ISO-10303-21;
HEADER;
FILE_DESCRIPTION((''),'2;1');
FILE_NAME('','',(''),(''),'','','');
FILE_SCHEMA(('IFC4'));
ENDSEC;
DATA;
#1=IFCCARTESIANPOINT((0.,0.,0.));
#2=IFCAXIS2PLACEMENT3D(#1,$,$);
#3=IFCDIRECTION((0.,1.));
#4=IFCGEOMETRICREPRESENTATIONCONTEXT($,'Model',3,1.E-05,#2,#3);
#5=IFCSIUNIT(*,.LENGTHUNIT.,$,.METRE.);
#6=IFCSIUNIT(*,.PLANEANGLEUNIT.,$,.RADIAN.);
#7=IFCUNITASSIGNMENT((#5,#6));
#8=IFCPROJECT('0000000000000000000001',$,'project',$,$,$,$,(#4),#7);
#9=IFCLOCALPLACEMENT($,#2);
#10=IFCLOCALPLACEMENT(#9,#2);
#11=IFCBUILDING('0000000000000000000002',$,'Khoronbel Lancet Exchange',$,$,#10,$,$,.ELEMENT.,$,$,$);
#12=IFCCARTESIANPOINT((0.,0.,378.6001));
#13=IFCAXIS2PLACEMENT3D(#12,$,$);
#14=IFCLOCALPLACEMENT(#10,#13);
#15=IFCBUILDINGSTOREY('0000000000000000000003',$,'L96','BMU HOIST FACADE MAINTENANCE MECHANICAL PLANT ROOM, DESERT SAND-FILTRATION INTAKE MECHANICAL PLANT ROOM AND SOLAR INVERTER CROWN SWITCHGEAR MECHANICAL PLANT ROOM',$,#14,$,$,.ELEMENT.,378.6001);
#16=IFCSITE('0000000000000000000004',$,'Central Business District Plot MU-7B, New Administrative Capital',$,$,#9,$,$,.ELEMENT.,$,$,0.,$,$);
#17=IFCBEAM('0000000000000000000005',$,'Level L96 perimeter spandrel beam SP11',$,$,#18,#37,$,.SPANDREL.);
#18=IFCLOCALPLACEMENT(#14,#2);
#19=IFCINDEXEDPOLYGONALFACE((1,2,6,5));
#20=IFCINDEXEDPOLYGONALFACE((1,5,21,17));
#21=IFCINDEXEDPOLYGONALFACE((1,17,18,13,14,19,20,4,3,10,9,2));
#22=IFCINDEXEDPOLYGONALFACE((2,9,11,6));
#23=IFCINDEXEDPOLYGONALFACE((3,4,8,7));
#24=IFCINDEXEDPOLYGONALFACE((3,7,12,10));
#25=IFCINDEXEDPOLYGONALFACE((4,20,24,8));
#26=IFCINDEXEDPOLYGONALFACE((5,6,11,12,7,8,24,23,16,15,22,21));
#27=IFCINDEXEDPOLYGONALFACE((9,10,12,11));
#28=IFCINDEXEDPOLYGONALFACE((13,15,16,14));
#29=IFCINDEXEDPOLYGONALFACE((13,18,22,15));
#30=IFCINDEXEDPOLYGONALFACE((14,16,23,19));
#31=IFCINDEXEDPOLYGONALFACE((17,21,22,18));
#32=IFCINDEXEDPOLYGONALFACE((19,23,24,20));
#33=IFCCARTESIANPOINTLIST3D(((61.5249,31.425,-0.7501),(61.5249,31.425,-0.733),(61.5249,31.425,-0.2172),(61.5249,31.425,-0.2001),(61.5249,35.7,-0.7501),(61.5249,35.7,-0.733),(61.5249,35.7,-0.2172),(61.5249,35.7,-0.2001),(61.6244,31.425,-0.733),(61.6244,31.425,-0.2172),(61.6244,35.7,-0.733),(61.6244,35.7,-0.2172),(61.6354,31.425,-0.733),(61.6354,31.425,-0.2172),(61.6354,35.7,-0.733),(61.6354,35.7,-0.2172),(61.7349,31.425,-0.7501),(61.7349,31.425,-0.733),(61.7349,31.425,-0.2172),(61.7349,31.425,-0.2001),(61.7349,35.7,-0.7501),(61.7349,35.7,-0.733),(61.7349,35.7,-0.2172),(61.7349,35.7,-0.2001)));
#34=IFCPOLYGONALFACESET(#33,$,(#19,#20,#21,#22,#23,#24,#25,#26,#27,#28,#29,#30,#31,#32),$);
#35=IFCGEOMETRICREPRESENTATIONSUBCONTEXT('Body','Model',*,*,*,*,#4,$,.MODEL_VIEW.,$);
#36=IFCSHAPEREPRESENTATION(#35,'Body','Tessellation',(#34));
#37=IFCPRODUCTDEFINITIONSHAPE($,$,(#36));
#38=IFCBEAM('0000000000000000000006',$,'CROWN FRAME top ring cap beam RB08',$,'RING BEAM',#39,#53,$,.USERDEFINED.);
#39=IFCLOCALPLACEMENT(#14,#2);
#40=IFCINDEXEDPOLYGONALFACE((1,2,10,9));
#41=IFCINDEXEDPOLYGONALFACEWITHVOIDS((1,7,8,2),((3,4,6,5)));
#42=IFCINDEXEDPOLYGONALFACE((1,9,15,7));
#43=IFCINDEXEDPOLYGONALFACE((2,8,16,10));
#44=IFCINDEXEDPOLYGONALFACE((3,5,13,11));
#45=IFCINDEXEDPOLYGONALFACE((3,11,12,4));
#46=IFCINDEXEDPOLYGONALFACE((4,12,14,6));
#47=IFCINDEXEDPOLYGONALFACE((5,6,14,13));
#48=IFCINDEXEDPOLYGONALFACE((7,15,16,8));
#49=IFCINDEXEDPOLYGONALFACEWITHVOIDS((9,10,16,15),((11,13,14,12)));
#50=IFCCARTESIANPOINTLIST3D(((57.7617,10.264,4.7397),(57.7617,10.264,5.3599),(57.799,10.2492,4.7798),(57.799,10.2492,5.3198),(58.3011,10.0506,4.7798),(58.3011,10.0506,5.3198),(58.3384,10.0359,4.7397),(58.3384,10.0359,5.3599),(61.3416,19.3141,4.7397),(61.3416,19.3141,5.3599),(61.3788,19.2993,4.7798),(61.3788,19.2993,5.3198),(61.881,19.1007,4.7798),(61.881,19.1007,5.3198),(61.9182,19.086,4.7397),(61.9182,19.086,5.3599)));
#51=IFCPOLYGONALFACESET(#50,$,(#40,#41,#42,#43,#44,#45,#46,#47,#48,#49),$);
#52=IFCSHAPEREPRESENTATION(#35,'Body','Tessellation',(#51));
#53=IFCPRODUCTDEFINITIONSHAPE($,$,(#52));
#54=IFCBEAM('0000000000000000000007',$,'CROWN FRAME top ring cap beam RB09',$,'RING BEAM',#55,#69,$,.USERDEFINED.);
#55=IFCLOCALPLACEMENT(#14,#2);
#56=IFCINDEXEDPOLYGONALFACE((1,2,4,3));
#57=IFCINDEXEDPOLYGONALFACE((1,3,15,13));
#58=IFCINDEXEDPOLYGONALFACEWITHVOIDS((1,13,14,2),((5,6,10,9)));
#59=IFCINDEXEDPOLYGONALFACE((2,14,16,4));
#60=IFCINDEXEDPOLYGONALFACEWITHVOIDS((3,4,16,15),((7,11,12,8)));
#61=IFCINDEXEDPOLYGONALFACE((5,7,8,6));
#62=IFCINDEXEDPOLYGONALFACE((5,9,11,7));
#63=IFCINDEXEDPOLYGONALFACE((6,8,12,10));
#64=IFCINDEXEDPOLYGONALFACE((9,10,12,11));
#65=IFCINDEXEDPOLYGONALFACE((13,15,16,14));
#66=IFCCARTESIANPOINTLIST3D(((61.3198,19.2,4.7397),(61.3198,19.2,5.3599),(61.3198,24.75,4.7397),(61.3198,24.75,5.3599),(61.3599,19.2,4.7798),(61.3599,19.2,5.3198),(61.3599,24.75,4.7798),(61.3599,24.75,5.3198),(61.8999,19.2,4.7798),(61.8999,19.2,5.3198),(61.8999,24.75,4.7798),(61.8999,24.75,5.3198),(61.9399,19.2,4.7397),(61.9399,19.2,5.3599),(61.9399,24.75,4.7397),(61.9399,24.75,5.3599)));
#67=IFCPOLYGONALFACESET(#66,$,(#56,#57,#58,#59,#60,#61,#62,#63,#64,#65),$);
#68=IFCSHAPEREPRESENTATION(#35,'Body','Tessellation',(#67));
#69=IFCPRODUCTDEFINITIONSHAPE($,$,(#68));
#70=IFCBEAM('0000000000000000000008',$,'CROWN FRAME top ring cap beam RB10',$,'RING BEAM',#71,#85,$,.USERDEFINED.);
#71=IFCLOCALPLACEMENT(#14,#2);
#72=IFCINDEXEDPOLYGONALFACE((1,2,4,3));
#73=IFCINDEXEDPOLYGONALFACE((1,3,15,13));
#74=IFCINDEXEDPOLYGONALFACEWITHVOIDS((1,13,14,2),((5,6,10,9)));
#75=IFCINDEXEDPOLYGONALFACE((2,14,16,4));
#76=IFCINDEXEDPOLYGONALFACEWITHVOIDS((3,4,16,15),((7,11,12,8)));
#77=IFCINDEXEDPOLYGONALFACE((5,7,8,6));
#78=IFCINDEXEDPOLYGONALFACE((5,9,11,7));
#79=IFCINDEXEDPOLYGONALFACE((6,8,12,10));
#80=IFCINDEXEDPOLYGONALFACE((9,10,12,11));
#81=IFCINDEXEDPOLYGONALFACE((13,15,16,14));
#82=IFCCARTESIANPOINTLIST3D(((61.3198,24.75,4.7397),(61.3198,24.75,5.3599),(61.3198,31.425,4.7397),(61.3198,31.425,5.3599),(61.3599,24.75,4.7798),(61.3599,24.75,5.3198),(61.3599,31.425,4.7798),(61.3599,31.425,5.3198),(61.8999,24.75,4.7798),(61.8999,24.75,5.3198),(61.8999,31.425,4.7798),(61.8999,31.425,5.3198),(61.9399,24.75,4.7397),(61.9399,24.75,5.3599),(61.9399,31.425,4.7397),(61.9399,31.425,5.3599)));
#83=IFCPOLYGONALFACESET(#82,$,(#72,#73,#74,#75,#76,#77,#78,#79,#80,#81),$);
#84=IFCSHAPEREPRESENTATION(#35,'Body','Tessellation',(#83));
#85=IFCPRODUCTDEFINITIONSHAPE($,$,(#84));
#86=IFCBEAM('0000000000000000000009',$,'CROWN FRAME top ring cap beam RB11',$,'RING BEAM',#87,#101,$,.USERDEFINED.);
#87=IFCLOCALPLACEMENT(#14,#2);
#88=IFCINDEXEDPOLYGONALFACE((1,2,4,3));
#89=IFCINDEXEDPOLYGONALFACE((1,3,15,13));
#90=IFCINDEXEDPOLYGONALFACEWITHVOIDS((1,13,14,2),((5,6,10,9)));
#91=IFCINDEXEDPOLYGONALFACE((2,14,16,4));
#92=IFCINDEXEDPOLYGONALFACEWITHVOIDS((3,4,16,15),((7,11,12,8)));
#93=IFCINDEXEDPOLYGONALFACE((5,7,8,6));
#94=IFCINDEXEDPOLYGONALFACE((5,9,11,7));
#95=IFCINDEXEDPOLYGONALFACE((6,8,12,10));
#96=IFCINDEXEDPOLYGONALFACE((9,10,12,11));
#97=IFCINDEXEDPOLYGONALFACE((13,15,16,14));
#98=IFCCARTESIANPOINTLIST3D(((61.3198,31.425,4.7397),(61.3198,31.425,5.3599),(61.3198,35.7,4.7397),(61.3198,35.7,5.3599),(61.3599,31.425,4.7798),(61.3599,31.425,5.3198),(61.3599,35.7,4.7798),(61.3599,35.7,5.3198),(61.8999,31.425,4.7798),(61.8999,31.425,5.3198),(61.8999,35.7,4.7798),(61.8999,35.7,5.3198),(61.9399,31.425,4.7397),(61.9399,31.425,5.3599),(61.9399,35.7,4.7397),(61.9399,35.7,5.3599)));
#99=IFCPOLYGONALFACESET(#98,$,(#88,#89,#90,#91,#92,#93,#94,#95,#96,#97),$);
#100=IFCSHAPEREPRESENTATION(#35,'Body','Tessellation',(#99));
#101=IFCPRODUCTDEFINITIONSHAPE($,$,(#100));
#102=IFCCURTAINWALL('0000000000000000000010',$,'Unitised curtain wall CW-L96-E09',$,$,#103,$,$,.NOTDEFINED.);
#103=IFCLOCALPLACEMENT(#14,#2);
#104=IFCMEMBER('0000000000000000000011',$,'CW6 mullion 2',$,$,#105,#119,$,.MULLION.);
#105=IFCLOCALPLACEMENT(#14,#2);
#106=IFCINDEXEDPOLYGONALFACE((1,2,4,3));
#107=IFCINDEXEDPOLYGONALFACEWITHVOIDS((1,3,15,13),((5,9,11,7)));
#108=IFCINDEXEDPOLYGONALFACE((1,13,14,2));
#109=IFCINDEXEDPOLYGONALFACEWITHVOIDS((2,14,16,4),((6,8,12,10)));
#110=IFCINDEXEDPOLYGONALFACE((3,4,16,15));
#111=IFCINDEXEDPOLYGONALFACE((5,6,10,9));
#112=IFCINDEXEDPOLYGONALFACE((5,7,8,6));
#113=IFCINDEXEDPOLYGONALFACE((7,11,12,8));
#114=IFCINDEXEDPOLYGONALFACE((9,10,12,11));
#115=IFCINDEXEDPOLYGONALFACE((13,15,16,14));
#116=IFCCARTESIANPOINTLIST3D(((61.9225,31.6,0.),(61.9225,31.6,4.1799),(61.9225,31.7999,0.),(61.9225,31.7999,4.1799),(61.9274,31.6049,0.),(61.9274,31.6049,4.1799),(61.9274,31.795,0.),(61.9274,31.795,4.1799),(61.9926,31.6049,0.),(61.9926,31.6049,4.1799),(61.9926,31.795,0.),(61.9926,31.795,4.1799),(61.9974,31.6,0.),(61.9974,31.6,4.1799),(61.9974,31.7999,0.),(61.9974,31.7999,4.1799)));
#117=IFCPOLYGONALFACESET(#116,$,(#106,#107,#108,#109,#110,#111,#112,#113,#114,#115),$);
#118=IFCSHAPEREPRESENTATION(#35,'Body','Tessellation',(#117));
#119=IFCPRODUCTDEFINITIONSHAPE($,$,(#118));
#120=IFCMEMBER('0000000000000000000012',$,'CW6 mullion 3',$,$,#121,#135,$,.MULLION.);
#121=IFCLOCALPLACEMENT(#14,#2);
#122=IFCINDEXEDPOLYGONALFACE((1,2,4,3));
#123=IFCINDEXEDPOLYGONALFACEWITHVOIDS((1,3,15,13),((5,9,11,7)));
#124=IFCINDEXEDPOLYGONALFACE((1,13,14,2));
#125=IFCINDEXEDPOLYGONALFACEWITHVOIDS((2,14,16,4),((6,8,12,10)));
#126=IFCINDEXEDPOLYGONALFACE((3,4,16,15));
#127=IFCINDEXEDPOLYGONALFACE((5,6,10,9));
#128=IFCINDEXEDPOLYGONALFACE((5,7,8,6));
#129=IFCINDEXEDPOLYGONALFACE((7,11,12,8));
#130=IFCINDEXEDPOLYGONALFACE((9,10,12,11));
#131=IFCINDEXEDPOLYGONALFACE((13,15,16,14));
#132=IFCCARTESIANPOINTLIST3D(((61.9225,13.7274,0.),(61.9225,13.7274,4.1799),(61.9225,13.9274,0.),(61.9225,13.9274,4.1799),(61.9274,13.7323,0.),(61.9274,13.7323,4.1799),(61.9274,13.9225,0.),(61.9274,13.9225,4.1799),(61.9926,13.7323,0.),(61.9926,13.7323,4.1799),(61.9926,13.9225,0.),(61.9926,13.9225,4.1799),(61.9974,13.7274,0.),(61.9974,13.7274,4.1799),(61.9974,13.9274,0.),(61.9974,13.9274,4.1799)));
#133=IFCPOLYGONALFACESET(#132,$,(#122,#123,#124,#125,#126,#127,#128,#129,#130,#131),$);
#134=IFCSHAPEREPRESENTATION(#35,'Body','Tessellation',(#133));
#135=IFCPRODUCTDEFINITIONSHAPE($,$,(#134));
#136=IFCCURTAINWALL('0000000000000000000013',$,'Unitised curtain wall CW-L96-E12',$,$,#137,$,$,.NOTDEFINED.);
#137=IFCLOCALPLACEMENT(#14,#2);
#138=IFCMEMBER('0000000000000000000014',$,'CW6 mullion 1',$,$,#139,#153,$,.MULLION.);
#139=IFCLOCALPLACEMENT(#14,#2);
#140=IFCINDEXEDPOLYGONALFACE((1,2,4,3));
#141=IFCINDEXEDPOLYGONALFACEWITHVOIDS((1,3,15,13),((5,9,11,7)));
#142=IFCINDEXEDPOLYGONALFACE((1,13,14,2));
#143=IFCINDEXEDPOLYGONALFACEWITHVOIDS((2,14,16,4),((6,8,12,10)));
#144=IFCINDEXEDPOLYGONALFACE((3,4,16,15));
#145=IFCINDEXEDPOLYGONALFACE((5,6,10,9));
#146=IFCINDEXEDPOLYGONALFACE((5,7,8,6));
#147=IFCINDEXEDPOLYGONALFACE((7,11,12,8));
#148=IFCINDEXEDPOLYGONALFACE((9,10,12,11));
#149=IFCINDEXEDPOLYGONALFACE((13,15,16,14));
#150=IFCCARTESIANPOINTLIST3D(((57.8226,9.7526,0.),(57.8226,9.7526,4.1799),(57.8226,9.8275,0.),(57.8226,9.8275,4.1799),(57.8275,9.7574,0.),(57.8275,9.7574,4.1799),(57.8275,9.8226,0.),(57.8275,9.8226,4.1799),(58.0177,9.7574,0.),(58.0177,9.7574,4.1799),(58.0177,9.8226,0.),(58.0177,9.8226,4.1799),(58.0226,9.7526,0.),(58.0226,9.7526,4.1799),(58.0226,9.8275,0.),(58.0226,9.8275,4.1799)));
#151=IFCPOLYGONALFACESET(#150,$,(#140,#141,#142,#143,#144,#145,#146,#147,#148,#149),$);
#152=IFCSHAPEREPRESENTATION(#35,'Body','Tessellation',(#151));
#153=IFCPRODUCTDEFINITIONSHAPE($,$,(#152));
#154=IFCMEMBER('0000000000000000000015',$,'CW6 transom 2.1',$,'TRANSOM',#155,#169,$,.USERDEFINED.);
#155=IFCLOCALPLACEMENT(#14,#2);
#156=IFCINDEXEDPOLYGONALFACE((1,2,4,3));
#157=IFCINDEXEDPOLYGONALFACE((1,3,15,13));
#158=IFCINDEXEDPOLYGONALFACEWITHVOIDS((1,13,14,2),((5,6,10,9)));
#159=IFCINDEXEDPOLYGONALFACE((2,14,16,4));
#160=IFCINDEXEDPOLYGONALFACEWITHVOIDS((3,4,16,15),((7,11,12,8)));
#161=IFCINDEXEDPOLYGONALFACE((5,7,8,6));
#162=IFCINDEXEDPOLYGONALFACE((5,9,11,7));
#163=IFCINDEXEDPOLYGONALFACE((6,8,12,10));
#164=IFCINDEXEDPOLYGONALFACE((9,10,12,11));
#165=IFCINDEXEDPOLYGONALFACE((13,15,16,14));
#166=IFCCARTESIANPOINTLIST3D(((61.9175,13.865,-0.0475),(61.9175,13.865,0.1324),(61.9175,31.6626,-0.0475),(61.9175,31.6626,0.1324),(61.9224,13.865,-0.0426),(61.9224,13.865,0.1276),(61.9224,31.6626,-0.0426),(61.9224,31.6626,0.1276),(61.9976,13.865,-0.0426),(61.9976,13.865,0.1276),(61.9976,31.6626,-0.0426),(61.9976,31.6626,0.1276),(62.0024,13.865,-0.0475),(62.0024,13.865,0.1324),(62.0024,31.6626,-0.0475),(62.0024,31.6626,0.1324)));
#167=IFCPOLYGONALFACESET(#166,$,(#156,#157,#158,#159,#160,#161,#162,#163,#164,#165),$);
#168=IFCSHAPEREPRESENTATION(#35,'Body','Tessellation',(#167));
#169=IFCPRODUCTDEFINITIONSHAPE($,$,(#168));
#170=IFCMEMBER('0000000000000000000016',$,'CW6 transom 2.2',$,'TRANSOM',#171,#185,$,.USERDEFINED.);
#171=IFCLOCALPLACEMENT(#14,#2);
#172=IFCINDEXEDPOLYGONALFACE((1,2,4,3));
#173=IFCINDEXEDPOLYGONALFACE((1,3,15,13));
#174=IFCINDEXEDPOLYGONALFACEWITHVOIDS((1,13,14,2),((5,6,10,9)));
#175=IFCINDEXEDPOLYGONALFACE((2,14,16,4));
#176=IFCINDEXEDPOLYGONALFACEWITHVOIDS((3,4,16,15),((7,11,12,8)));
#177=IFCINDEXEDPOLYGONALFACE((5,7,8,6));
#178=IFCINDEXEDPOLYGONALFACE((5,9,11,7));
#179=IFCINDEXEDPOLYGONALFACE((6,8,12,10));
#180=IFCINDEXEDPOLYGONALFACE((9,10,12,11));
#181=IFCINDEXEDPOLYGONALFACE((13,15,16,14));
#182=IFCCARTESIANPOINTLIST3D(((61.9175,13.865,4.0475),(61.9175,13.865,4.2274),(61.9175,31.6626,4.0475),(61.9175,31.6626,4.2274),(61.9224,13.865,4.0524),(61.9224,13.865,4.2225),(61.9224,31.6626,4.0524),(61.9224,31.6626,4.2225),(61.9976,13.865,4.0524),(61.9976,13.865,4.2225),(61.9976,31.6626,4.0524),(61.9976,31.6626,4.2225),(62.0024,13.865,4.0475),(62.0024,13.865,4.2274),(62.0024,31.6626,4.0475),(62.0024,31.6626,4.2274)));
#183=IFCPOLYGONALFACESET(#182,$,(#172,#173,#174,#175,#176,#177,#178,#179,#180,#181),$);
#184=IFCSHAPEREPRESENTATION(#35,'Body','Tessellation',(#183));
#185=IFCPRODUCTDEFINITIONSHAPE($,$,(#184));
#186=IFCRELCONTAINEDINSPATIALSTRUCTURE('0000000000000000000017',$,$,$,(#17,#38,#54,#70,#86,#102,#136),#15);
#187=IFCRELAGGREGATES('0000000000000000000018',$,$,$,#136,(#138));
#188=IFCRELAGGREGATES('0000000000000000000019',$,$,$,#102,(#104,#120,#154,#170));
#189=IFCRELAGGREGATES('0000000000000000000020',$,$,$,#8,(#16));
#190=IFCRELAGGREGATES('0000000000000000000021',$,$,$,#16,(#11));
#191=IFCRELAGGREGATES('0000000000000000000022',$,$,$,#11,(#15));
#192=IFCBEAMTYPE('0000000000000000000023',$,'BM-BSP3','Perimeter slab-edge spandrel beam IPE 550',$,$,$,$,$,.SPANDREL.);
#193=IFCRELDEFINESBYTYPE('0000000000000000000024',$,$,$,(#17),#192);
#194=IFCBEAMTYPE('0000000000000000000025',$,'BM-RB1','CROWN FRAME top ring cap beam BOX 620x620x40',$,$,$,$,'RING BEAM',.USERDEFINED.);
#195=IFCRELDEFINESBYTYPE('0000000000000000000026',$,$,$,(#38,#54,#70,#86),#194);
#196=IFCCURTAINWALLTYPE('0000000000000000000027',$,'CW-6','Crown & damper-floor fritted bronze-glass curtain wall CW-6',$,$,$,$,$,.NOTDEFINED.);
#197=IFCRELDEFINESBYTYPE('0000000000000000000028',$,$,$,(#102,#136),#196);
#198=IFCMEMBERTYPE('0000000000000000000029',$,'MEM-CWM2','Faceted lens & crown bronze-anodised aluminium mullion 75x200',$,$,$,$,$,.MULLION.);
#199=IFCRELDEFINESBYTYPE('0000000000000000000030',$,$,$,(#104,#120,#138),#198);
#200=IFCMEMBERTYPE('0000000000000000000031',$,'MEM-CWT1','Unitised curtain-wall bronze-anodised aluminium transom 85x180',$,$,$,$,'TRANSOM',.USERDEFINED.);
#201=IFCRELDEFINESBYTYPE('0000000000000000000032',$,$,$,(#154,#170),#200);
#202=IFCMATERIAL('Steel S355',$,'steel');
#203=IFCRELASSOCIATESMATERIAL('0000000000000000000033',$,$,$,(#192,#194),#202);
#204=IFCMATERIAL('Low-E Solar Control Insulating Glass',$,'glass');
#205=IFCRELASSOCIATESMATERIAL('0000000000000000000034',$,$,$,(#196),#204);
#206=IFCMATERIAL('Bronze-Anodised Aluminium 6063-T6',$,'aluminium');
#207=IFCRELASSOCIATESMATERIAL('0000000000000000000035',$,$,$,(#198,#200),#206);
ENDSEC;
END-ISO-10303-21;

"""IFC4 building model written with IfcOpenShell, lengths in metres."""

from ifc_helpers import new_model, si_unit, direction, frame, origin, origin_2d, place, context, subcontext, project, spatial, hollow_rectangle, i_section, extrude, material, material_profile, profile_set, type_object, element, aggregate, save


model = new_model("IFC4")

# Units and contexts
model_context = context("Model", 3, precision=1e-05, world=origin(), true_north=direction((0.0, 1.0)))
body_context = subcontext(model_context, "Body", "Model", "MODEL_VIEW")
ifc_project = project(units=[si_unit("LENGTHUNIT", "METRE"), si_unit("PLANEANGLEUNIT", "RADIAN")], contexts=[model_context])

# Site, building, storey
site_placement = place(None, origin())
site = spatial("IfcSite", under=ifc_project, at=site_placement, Name="Central Business District Plot MU-7B, New Administrative Capital", CompositionType="ELEMENT", RefElevation=0.0)
building_placement = place(site_placement, origin())
building = spatial("IfcBuilding", under=site, at=building_placement, Name="Khoronbel Lancet Exchange", CompositionType="ELEMENT")
storey_placement = place(building_placement, frame((0.0, 0.0, 378.6001)))
storey = spatial("IfcBuildingStorey", under=building, at=storey_placement, Name="L96", Description="BMU HOIST FACADE MAINTENANCE MECHANICAL PLANT ROOM, DESERT SAND-FILTRATION INTAKE MECHANICAL PLANT ROOM AND SOLAR INVERTER CROWN SWITCHGEAR MECHANICAL PLANT ROOM", CompositionType="ELEMENT", Elevation=378.6001)

# Shared definitions
ifc_material_1 = material(Name="Steel S355", Category="steel")

# Beams
ifc_material_profile_1 = material_profile(ifc_material_1, i_section(OverallWidth=0.21, OverallDepth=0.55, WebThickness=0.011, FlangeThickness=0.0171, at=origin_2d()), Name="IPE 550")
ifc_profile_set_1 = profile_set([ifc_material_profile_1], Name="Steel S355")
beam_type_1 = type_object("IfcBeamType", Name="BM-BSP3", Description="Perimeter slab-edge spandrel beam IPE 550", PredefinedType="SPANDREL", material=ifc_profile_set_1)
beam_1_placement = place(storey_placement, frame((61.6299, 31.425, -0.4751), z_axis=(0.0, 1.0, 0.0), x_axis=(-1.0, 0.0, 0.0)))
element("IfcBeam", 1, at=beam_1_placement, inside=storey, type_object=beam_type_1, Name="Level L96 perimeter spandrel beam SP11", PredefinedType="SPANDREL", context=body_context, shape_type="SweptSolid", body=[
    extrude(i_section(OverallWidth=0.21, OverallDepth=0.55, WebThickness=0.011, FlangeThickness=0.0171, at=origin_2d()), origin(), (0.0, 0.0, 1.0), 4.2749),
])
ifc_material_profile_2 = material_profile(ifc_material_1, hollow_rectangle(XDim=0.6201, YDim=0.6201, WallThickness=0.04, at=origin_2d()), Name="BOX 620x620x40")
ifc_profile_set_2 = profile_set([ifc_material_profile_2], Name="Steel S355")
beam_type_2 = type_object("IfcBeamType", Name="BM-RB1", Description="CROWN FRAME top ring cap beam BOX 620x620x40", ElementType="RING BEAM", PredefinedType="USERDEFINED", material=ifc_profile_set_2)
beam_2_placement = place(storey_placement, frame((58.05, 10.1499, 5.0498), z_axis=(0.367828, 0.929894, 0.0), x_axis=(-0.929894, 0.367828, 0.0)))
element("IfcBeam", 2, at=beam_2_placement, inside=storey, type_object=beam_type_2, Name="CROWN FRAME top ring cap beam RB08", ObjectType="RING BEAM", PredefinedType="USERDEFINED", context=body_context, shape_type="SweptSolid", body=[
    extrude(hollow_rectangle(XDim=0.6201, YDim=0.6201, WallThickness=0.04, at=origin_2d()), origin(), (0.0, 0.0, 1.0), 9.7324),
])
beam_3_placement = place(storey_placement, frame((61.6299, 19.2, 5.0498), z_axis=(0.0, 1.0, 0.0), x_axis=(-1.0, 0.0, 0.0)))
element("IfcBeam", 3, at=beam_3_placement, inside=storey, type_object=beam_type_2, Name="CROWN FRAME top ring cap beam RB09", ObjectType="RING BEAM", PredefinedType="USERDEFINED", context=body_context, shape_type="SweptSolid", body=[
    extrude(hollow_rectangle(XDim=0.6201, YDim=0.6201, WallThickness=0.04, at=origin_2d()), origin(), (0.0, 0.0, 1.0), 5.55),
])
beam_4_placement = place(storey_placement, frame((61.6299, 24.75, 5.0498), z_axis=(0.0, 1.0, 0.0), x_axis=(-1.0, 0.0, 0.0)))
element("IfcBeam", 4, at=beam_4_placement, inside=storey, type_object=beam_type_2, Name="CROWN FRAME top ring cap beam RB10", ObjectType="RING BEAM", PredefinedType="USERDEFINED", context=body_context, shape_type="SweptSolid", body=[
    extrude(hollow_rectangle(XDim=0.6201, YDim=0.6201, WallThickness=0.04, at=origin_2d()), origin(), (0.0, 0.0, 1.0), 6.675),
])
beam_5_placement = place(storey_placement, frame((61.6299, 31.425, 5.0498), z_axis=(0.0, 1.0, 0.0), x_axis=(-1.0, 0.0, 0.0)))
element("IfcBeam", 5, at=beam_5_placement, inside=storey, type_object=beam_type_2, Name="CROWN FRAME top ring cap beam RB11", ObjectType="RING BEAM", PredefinedType="USERDEFINED", context=body_context, shape_type="SweptSolid", body=[
    extrude(hollow_rectangle(XDim=0.6201, YDim=0.6201, WallThickness=0.04, at=origin_2d()), origin(), (0.0, 0.0, 1.0), 4.2749),
])

# Curtain wall, members
ifc_material_2 = material(Name="Low-E Solar Control Insulating Glass", Category="glass")
curtain_wall_type = type_object("IfcCurtainWallType", Name="CW-6", Description="Crown & damper-floor fritted bronze-glass curtain wall CW-6", PredefinedType="NOTDEFINED", material=ifc_material_2)
curtain_wall_1_placement = place(storey_placement, origin())
curtain_wall_1 = element("IfcCurtainWall", 6, at=curtain_wall_1_placement, inside=storey, type_object=curtain_wall_type, Name="Unitised curtain wall CW-L96-E09", PredefinedType="NOTDEFINED")
ifc_material_3 = material(Name="Bronze-Anodised Aluminium 6063-T6", Category="aluminium")
ifc_material_profile_3 = material_profile(ifc_material_3, hollow_rectangle(XDim=0.075, YDim=0.2, WallThickness=0.0049, at=origin_2d()), Name="ALU MULLION 75x200")
ifc_profile_set_3 = profile_set([ifc_material_profile_3], Name="Bronze-Anodised Aluminium 6063-T6")
member_type_1 = type_object("IfcMemberType", Name="MEM-CWM2", Description="Faceted lens & crown bronze-anodised aluminium mullion 75x200", PredefinedType="MULLION", material=ifc_profile_set_3)
member_1_placement = place(storey_placement, frame((61.96, 31.7, 0.0), z_axis=(0.0, 0.0, 1.0), x_axis=(1.0, 0.0, 0.0)))
member_1 = element("IfcMember", 7, at=member_1_placement, type_object=member_type_1, Name="CW6 mullion 2", PredefinedType="MULLION", context=body_context, shape_type="SweptSolid", body=[
    extrude(hollow_rectangle(XDim=0.075, YDim=0.2, WallThickness=0.0049, at=origin_2d()), origin(), (0.0, 0.0, 1.0), 4.1799),
])
member_2_placement = place(storey_placement, frame((61.96, 13.8274, 0.0), z_axis=(0.0, 0.0, 1.0), x_axis=(1.0, 0.0, 0.0)))
member_2 = element("IfcMember", 8, at=member_2_placement, type_object=member_type_1, Name="CW6 mullion 3", PredefinedType="MULLION", context=body_context, shape_type="SweptSolid", body=[
    extrude(hollow_rectangle(XDim=0.075, YDim=0.2, WallThickness=0.0049, at=origin_2d()), origin(), (0.0, 0.0, 1.0), 4.1799),
])

# Curtain wall, member
curtain_wall_2_placement = place(storey_placement, origin())
curtain_wall_2 = element("IfcCurtainWall", 9, at=curtain_wall_2_placement, inside=storey, type_object=curtain_wall_type, Name="Unitised curtain wall CW-L96-E12", PredefinedType="NOTDEFINED")
member_3_placement = place(storey_placement, frame((57.9226, 9.79, 0.0), z_axis=(0.0, 0.0, 1.0), x_axis=(0.0, -1.0, 0.0)))
member_3 = element("IfcMember", 10, at=member_3_placement, type_object=member_type_1, Name="CW6 mullion 1", PredefinedType="MULLION", context=body_context, shape_type="SweptSolid", body=[
    extrude(hollow_rectangle(XDim=0.075, YDim=0.2, WallThickness=0.0049, at=origin_2d()), origin(), (0.0, 0.0, 1.0), 4.1799),
])

# Members
ifc_material_profile_4 = material_profile(ifc_material_3, hollow_rectangle(XDim=0.085, YDim=0.1799, WallThickness=0.0049, at=origin_2d()), Name="ALU TRANSOM 85x180")
ifc_profile_set_4 = profile_set([ifc_material_profile_4], Name="Bronze-Anodised Aluminium 6063-T6")
member_type_2 = type_object("IfcMemberType", Name="MEM-CWT1", Description="Unitised curtain-wall bronze-anodised aluminium transom 85x180", ElementType="TRANSOM", PredefinedType="USERDEFINED", material=ifc_profile_set_4)
member_4_placement = place(storey_placement, frame((61.96, 31.6626, 0.0425), z_axis=(0.0, -1.0, 0.0), x_axis=(1.0, 0.0, 0.0)))
member_4 = element("IfcMember", 11, at=member_4_placement, type_object=member_type_2, Name="CW6 transom 2.1", ObjectType="TRANSOM", PredefinedType="USERDEFINED", context=body_context, shape_type="SweptSolid", body=[
    extrude(hollow_rectangle(XDim=0.085, YDim=0.1799, WallThickness=0.0049, at=origin_2d()), origin(), (0.0, 0.0, 1.0), 17.7976),
])
member_5_placement = place(storey_placement, frame((61.96, 31.6626, 4.1375), z_axis=(0.0, -1.0, 0.0), x_axis=(1.0, 0.0, 0.0)))
member_5 = element("IfcMember", 12, at=member_5_placement, type_object=member_type_2, Name="CW6 transom 2.2", ObjectType="TRANSOM", PredefinedType="USERDEFINED", context=body_context, shape_type="SweptSolid", body=[
    extrude(hollow_rectangle(XDim=0.085, YDim=0.1799, WallThickness=0.0049, at=origin_2d()), origin(), (0.0, 0.0, 1.0), 17.7976),
])
aggregate(curtain_wall_2, [member_3])

aggregate(curtain_wall_1, [member_1, member_2, member_4, member_5])

save(model, "model.ifc")
